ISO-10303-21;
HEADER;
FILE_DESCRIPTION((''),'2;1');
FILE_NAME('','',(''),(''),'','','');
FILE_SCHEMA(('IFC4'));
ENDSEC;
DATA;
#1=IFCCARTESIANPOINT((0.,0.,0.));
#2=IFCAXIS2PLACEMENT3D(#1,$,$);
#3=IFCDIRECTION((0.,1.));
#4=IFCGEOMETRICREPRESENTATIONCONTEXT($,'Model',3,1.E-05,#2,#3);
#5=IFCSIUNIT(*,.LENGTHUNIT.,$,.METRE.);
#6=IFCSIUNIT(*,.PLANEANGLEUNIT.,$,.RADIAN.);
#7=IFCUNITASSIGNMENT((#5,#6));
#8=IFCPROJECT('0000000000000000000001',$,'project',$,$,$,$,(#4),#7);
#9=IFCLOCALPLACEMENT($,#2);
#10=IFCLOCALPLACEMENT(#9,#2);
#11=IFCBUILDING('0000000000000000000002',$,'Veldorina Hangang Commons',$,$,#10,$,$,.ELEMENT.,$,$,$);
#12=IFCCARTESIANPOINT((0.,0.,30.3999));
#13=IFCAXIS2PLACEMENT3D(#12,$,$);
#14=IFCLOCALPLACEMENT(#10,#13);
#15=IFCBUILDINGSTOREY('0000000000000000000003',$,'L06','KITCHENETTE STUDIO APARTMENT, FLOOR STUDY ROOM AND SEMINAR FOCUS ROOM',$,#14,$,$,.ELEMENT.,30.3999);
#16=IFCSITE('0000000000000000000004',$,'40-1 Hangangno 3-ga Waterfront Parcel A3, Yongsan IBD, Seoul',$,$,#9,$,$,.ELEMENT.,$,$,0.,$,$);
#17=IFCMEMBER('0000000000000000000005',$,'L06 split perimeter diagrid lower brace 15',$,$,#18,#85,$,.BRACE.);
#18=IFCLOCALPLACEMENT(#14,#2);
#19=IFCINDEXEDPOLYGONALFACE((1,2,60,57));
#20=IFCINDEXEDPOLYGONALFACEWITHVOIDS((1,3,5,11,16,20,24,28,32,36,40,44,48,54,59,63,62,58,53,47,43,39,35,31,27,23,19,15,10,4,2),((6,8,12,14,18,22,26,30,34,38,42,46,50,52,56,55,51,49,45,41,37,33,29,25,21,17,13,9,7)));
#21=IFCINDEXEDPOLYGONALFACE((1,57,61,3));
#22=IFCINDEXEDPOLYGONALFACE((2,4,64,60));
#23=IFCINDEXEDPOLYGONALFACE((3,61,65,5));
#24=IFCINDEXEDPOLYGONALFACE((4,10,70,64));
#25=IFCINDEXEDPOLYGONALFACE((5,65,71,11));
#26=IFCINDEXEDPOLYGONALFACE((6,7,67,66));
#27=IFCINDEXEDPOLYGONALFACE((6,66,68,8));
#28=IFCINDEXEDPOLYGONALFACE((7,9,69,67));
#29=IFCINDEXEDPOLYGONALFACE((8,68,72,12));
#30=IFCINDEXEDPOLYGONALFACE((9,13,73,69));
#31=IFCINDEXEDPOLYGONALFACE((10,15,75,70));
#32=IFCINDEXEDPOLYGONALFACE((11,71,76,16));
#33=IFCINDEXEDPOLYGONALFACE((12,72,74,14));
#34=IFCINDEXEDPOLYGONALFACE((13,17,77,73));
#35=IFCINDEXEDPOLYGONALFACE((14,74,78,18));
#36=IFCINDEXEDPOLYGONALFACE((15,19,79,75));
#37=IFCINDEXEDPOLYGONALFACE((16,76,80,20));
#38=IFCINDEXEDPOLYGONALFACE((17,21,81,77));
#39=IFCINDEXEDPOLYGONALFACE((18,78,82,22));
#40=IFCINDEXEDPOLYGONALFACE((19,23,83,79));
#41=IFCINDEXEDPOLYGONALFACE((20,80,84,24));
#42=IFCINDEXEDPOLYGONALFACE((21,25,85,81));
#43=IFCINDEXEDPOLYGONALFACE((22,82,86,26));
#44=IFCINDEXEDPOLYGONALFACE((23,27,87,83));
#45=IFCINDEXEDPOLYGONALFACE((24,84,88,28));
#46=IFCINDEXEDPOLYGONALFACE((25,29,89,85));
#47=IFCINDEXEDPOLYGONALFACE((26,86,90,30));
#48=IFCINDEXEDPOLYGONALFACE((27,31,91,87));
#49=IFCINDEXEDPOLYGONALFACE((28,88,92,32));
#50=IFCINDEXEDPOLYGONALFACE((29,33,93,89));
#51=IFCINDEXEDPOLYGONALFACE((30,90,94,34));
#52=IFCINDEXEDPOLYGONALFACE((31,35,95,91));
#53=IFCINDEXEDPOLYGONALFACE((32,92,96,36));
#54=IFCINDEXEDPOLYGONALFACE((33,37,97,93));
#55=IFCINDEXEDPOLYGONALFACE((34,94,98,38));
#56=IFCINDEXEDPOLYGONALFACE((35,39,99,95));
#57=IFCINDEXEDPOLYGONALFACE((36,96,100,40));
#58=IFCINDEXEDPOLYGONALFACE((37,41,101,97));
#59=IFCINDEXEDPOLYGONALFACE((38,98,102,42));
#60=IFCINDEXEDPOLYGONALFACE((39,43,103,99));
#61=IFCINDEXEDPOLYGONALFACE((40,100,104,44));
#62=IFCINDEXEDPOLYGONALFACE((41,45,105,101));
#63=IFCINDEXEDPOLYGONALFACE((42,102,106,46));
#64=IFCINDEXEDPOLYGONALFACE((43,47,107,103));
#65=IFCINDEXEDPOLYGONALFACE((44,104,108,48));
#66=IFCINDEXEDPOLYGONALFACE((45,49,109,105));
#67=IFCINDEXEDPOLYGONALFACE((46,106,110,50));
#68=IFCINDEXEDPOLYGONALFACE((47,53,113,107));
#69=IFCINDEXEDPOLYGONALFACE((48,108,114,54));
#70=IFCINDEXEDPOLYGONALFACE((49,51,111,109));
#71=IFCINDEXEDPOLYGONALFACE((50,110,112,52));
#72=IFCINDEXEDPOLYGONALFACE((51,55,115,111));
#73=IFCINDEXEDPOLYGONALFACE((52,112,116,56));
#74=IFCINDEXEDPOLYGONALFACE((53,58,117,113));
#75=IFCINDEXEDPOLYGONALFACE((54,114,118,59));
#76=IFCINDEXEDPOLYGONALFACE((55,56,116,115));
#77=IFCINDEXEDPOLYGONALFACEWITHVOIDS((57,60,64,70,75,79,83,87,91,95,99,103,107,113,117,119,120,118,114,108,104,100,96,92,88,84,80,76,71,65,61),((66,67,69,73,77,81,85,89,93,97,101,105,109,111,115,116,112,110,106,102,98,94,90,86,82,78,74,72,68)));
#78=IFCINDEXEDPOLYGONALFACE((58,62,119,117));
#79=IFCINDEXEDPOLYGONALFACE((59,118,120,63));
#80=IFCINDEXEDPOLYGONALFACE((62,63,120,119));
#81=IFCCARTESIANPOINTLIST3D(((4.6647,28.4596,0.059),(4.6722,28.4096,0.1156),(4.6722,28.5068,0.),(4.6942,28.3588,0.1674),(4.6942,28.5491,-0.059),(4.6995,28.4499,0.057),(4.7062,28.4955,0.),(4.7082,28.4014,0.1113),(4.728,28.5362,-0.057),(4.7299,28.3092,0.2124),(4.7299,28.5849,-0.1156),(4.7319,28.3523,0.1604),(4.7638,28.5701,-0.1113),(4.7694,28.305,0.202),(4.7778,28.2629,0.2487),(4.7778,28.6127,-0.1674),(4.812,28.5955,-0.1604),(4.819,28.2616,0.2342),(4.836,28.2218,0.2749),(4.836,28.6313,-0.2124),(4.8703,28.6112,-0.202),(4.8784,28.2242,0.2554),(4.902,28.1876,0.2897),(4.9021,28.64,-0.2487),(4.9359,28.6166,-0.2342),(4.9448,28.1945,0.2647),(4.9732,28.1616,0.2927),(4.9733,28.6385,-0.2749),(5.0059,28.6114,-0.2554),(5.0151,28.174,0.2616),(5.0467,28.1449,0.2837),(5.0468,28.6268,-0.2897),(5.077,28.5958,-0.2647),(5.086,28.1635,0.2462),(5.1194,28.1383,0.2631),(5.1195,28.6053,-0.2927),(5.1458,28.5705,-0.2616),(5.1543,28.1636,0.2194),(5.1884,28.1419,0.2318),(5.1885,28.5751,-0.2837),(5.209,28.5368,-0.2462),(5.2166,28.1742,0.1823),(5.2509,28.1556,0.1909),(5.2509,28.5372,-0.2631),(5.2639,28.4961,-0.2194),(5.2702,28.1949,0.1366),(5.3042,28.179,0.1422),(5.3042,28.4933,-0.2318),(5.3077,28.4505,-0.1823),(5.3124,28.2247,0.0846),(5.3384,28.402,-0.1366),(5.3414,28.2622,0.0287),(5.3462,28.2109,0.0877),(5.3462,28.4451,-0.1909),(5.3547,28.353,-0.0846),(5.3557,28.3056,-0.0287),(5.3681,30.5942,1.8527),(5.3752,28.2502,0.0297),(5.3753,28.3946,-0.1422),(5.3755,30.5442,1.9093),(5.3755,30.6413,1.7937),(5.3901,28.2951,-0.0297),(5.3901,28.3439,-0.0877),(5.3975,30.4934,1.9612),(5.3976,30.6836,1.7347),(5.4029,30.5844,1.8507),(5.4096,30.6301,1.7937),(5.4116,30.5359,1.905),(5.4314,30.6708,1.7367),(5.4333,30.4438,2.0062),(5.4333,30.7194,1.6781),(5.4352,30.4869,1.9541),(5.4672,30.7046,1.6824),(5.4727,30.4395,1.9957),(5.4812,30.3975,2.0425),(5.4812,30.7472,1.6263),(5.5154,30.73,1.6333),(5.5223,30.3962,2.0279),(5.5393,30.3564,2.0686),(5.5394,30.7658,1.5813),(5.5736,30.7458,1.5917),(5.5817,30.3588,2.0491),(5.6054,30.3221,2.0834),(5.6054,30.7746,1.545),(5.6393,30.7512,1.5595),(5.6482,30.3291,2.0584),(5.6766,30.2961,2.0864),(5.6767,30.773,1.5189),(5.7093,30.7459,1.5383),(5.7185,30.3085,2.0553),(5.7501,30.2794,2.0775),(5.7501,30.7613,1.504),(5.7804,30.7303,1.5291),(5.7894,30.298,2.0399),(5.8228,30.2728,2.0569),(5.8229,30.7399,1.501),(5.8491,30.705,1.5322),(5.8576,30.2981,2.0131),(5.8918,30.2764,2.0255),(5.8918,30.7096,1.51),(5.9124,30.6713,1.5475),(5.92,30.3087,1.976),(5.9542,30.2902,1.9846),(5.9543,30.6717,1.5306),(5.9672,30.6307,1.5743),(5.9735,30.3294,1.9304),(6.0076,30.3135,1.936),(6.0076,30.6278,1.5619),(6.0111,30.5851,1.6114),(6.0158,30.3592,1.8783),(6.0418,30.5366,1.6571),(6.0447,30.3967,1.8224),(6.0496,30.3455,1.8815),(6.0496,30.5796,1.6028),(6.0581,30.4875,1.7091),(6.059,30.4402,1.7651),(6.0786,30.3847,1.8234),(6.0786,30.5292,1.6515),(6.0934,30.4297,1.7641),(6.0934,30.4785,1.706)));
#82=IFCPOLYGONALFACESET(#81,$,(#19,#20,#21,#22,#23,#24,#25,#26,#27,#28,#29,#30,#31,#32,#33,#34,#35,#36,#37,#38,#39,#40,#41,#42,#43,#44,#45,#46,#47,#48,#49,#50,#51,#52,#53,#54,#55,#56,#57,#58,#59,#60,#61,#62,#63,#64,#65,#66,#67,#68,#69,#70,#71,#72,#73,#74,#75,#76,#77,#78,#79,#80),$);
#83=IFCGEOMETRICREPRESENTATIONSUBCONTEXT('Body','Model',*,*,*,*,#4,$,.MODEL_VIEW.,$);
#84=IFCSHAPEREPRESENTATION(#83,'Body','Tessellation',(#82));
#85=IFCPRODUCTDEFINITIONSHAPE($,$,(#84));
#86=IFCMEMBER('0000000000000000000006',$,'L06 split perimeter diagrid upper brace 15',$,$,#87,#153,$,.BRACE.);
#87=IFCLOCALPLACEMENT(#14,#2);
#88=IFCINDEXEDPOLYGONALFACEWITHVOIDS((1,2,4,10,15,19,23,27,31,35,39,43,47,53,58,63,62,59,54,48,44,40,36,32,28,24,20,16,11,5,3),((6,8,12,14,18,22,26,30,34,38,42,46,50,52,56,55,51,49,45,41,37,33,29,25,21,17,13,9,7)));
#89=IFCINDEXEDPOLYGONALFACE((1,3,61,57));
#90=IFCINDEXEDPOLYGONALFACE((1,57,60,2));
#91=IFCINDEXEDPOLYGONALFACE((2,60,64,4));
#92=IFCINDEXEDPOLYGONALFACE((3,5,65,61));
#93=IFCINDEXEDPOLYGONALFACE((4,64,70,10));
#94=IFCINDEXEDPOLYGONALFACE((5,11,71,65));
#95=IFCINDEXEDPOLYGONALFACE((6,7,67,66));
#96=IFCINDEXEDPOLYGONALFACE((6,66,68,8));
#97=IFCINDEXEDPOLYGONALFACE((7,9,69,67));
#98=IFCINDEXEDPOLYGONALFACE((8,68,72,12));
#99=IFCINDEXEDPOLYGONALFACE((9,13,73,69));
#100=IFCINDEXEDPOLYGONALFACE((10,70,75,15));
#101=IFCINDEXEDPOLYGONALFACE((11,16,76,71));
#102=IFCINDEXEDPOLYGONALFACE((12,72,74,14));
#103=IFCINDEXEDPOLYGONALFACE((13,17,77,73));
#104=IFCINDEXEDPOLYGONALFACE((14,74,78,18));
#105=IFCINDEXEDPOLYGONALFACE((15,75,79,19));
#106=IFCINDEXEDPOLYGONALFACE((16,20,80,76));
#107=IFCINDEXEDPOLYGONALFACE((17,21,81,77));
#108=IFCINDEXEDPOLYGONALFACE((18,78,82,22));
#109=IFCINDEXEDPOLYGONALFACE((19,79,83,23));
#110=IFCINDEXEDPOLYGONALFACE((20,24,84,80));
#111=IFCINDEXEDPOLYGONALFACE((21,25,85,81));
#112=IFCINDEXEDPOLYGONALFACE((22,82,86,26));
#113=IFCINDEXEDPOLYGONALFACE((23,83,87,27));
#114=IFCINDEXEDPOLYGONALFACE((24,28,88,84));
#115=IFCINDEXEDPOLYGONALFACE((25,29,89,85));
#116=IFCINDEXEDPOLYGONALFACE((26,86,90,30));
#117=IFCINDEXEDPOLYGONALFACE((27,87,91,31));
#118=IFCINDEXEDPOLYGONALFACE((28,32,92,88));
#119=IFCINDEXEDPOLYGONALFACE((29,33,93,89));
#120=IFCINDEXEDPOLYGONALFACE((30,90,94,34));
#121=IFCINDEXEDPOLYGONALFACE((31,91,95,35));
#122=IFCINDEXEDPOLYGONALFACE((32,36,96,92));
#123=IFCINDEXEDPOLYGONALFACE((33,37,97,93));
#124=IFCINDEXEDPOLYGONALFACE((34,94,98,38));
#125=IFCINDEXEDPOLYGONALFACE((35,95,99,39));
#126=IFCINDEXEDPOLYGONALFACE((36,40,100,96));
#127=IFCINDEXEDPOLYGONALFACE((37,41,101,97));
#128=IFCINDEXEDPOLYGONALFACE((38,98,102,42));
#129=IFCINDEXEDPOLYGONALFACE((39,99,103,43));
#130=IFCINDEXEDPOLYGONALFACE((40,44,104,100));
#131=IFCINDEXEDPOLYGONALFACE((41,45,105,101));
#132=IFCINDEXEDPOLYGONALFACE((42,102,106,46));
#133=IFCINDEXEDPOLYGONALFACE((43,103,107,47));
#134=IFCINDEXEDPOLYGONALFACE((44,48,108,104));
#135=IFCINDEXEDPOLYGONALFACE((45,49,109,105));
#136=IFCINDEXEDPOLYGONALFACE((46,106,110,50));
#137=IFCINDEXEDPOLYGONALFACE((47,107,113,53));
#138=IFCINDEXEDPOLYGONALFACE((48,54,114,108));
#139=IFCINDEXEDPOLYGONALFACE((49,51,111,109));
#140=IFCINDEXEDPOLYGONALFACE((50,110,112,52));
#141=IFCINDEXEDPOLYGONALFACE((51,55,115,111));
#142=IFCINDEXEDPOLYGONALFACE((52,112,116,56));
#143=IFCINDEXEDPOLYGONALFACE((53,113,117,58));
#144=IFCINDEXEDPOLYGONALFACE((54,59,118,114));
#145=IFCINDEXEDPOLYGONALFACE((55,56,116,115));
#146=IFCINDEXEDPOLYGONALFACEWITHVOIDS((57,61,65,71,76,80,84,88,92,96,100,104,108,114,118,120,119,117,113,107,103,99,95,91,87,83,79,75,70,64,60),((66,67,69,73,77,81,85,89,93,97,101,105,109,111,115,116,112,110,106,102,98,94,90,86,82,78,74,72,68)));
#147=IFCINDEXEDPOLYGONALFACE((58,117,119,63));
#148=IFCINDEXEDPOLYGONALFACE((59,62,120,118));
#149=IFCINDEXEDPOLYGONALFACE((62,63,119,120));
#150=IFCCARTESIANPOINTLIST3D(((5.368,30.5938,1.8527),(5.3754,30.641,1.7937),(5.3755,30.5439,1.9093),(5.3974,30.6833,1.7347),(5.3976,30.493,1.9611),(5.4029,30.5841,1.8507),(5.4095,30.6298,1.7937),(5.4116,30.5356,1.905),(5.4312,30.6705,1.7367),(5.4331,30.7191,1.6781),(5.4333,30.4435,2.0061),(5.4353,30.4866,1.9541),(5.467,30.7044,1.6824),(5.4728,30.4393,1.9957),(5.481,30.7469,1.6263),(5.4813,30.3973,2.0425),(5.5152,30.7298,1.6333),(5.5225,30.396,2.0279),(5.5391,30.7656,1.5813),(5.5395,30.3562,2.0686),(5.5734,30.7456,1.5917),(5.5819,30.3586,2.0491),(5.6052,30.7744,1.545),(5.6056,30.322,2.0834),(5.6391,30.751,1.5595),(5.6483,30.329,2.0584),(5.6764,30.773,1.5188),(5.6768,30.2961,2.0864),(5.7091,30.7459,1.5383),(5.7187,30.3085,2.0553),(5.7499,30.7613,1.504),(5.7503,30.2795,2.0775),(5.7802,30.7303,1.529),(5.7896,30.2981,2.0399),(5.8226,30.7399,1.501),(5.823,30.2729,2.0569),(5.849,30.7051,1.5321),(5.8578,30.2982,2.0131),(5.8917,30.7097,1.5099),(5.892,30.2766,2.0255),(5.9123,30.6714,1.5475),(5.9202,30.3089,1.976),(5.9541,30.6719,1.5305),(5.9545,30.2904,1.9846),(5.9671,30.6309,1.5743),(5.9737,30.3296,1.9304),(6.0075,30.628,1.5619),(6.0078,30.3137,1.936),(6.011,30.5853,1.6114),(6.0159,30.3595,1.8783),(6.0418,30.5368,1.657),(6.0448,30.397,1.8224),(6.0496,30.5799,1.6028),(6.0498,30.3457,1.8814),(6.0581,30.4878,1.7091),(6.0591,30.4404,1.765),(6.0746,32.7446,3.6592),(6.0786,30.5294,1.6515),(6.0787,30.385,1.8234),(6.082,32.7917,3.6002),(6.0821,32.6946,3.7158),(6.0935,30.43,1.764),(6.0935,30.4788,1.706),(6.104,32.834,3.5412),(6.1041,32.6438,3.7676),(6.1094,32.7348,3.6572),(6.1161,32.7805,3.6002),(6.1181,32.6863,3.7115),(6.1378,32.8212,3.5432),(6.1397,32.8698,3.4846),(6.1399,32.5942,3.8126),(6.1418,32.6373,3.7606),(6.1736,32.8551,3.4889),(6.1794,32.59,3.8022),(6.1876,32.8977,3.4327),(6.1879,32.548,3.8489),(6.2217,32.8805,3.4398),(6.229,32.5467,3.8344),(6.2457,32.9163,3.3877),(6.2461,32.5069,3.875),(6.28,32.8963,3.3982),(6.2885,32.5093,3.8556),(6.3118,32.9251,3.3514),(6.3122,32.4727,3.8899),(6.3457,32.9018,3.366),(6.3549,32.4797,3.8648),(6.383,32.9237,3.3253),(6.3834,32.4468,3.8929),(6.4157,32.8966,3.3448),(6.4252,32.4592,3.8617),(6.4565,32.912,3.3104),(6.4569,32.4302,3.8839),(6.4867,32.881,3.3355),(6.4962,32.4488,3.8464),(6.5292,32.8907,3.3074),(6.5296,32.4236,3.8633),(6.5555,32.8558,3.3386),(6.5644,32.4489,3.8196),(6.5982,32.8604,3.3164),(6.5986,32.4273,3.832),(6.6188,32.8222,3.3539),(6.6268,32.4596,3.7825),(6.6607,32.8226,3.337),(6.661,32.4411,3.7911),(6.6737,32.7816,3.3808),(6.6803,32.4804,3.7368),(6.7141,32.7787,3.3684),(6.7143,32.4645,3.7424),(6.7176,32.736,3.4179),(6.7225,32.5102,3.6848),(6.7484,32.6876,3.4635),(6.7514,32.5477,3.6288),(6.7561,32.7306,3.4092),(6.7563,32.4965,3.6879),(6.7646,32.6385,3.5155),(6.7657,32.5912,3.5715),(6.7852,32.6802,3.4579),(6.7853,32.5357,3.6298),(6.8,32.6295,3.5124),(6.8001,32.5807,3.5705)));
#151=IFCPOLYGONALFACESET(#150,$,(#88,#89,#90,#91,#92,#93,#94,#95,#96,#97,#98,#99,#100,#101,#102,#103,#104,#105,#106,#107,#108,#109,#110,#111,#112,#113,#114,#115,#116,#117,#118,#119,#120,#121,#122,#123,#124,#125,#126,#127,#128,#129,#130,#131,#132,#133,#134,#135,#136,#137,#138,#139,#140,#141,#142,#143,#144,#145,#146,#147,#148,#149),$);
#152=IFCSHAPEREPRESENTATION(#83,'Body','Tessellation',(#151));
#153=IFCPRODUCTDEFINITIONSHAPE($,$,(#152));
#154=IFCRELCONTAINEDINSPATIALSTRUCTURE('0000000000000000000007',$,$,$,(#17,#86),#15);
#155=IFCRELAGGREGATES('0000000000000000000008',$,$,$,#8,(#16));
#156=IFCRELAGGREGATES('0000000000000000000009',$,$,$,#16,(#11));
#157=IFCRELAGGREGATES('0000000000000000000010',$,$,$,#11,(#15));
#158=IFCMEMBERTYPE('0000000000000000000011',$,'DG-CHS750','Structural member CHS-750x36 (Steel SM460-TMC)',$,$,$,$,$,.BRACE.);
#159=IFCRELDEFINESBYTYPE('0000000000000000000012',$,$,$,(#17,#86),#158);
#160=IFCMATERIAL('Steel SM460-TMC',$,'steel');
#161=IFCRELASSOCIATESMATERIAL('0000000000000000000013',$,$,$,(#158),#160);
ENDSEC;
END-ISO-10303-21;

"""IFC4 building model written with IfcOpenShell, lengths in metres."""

from ifc_helpers import new_model, si_unit, direction, frame, origin, origin_2d, place, context, subcontext, project, spatial, hollow_circle, extrude, material, material_profile, profile_set, type_object, element, save


model = new_model("IFC4")

# Units and contexts
model_context = context("Model", 3, precision=1e-05, world=origin(), true_north=direction((0.0, 1.0)))
body_context = subcontext(model_context, "Body", "Model", "MODEL_VIEW")
ifc_project = project(units=[si_unit("LENGTHUNIT", "METRE"), si_unit("PLANEANGLEUNIT", "RADIAN")], contexts=[model_context])

# Site, building, storey
site_placement = place(None, origin())
site = spatial("IfcSite", under=ifc_project, at=site_placement, Name="40-1 Hangangno 3-ga Waterfront Parcel A3, Yongsan IBD, Seoul", CompositionType="ELEMENT", RefElevation=0.0)
building_placement = place(site_placement, origin())
building = spatial("IfcBuilding", under=site, at=building_placement, Name="Veldorina Hangang Commons", CompositionType="ELEMENT")
storey_placement = place(building_placement, frame((0.0, 0.0, 30.3999)))
storey = spatial("IfcBuildingStorey", under=building, at=storey_placement, Name="L06", Description="KITCHENETTE STUDIO APARTMENT, FLOOR STUDY ROOM AND SEMINAR FOCUS ROOM", CompositionType="ELEMENT", Elevation=30.3999)

# Shared definitions
ifc_material_1 = material(Name="Steel SM460-TMC", Category="steel")

# Members
ifc_material_profile_1 = material_profile(ifc_material_1, hollow_circle(Radius=0.375, WallThickness=0.0359, at=origin_2d()), Name="CHS-750x36")
ifc_profile_set_1 = profile_set([ifc_material_profile_1], Name="Steel SM460-TMC")
member_type = type_object("IfcMemberType", Name="DG-CHS750", Description="Structural member CHS-750x36 (Steel SM460-TMC)", PredefinedType="BRACE", material=ifc_profile_set_1)
member_1_placement = place(storey_placement, frame((5.0283, 28.3894, 0.0), z_axis=(0.244611, 0.742323, 0.623796), x_axis=(-0.949764, 0.312967, 0.0)))
element("IfcMember", 1, at=member_1_placement, inside=storey, type_object=member_type, Name="L06 split perimeter diagrid lower brace 15", PredefinedType="BRACE", context=body_context, shape_type="SweptSolid", body=[
    extrude(hollow_circle(Radius=0.375, WallThickness=0.0359, at=origin_2d()), origin(), (0.0, 0.0, 1.0), 2.8755),
])
member_2_placement = place(storey_placement, frame((5.7317, 30.5239, 1.7937), z_axis=(0.243962, 0.742592, 0.62373), x_axis=(-0.950044, 0.312116, 0.0)))
element("IfcMember", 2, at=member_2_placement, inside=storey, type_object=member_type, Name="L06 split perimeter diagrid upper brace 15", PredefinedType="BRACE", context=body_context, shape_type="SweptSolid", body=[
    extrude(hollow_circle(Radius=0.375, WallThickness=0.0359, at=origin_2d()), origin(), (0.0, 0.0, 1.0), 2.8962),
])

save(model, "model.ifc")
